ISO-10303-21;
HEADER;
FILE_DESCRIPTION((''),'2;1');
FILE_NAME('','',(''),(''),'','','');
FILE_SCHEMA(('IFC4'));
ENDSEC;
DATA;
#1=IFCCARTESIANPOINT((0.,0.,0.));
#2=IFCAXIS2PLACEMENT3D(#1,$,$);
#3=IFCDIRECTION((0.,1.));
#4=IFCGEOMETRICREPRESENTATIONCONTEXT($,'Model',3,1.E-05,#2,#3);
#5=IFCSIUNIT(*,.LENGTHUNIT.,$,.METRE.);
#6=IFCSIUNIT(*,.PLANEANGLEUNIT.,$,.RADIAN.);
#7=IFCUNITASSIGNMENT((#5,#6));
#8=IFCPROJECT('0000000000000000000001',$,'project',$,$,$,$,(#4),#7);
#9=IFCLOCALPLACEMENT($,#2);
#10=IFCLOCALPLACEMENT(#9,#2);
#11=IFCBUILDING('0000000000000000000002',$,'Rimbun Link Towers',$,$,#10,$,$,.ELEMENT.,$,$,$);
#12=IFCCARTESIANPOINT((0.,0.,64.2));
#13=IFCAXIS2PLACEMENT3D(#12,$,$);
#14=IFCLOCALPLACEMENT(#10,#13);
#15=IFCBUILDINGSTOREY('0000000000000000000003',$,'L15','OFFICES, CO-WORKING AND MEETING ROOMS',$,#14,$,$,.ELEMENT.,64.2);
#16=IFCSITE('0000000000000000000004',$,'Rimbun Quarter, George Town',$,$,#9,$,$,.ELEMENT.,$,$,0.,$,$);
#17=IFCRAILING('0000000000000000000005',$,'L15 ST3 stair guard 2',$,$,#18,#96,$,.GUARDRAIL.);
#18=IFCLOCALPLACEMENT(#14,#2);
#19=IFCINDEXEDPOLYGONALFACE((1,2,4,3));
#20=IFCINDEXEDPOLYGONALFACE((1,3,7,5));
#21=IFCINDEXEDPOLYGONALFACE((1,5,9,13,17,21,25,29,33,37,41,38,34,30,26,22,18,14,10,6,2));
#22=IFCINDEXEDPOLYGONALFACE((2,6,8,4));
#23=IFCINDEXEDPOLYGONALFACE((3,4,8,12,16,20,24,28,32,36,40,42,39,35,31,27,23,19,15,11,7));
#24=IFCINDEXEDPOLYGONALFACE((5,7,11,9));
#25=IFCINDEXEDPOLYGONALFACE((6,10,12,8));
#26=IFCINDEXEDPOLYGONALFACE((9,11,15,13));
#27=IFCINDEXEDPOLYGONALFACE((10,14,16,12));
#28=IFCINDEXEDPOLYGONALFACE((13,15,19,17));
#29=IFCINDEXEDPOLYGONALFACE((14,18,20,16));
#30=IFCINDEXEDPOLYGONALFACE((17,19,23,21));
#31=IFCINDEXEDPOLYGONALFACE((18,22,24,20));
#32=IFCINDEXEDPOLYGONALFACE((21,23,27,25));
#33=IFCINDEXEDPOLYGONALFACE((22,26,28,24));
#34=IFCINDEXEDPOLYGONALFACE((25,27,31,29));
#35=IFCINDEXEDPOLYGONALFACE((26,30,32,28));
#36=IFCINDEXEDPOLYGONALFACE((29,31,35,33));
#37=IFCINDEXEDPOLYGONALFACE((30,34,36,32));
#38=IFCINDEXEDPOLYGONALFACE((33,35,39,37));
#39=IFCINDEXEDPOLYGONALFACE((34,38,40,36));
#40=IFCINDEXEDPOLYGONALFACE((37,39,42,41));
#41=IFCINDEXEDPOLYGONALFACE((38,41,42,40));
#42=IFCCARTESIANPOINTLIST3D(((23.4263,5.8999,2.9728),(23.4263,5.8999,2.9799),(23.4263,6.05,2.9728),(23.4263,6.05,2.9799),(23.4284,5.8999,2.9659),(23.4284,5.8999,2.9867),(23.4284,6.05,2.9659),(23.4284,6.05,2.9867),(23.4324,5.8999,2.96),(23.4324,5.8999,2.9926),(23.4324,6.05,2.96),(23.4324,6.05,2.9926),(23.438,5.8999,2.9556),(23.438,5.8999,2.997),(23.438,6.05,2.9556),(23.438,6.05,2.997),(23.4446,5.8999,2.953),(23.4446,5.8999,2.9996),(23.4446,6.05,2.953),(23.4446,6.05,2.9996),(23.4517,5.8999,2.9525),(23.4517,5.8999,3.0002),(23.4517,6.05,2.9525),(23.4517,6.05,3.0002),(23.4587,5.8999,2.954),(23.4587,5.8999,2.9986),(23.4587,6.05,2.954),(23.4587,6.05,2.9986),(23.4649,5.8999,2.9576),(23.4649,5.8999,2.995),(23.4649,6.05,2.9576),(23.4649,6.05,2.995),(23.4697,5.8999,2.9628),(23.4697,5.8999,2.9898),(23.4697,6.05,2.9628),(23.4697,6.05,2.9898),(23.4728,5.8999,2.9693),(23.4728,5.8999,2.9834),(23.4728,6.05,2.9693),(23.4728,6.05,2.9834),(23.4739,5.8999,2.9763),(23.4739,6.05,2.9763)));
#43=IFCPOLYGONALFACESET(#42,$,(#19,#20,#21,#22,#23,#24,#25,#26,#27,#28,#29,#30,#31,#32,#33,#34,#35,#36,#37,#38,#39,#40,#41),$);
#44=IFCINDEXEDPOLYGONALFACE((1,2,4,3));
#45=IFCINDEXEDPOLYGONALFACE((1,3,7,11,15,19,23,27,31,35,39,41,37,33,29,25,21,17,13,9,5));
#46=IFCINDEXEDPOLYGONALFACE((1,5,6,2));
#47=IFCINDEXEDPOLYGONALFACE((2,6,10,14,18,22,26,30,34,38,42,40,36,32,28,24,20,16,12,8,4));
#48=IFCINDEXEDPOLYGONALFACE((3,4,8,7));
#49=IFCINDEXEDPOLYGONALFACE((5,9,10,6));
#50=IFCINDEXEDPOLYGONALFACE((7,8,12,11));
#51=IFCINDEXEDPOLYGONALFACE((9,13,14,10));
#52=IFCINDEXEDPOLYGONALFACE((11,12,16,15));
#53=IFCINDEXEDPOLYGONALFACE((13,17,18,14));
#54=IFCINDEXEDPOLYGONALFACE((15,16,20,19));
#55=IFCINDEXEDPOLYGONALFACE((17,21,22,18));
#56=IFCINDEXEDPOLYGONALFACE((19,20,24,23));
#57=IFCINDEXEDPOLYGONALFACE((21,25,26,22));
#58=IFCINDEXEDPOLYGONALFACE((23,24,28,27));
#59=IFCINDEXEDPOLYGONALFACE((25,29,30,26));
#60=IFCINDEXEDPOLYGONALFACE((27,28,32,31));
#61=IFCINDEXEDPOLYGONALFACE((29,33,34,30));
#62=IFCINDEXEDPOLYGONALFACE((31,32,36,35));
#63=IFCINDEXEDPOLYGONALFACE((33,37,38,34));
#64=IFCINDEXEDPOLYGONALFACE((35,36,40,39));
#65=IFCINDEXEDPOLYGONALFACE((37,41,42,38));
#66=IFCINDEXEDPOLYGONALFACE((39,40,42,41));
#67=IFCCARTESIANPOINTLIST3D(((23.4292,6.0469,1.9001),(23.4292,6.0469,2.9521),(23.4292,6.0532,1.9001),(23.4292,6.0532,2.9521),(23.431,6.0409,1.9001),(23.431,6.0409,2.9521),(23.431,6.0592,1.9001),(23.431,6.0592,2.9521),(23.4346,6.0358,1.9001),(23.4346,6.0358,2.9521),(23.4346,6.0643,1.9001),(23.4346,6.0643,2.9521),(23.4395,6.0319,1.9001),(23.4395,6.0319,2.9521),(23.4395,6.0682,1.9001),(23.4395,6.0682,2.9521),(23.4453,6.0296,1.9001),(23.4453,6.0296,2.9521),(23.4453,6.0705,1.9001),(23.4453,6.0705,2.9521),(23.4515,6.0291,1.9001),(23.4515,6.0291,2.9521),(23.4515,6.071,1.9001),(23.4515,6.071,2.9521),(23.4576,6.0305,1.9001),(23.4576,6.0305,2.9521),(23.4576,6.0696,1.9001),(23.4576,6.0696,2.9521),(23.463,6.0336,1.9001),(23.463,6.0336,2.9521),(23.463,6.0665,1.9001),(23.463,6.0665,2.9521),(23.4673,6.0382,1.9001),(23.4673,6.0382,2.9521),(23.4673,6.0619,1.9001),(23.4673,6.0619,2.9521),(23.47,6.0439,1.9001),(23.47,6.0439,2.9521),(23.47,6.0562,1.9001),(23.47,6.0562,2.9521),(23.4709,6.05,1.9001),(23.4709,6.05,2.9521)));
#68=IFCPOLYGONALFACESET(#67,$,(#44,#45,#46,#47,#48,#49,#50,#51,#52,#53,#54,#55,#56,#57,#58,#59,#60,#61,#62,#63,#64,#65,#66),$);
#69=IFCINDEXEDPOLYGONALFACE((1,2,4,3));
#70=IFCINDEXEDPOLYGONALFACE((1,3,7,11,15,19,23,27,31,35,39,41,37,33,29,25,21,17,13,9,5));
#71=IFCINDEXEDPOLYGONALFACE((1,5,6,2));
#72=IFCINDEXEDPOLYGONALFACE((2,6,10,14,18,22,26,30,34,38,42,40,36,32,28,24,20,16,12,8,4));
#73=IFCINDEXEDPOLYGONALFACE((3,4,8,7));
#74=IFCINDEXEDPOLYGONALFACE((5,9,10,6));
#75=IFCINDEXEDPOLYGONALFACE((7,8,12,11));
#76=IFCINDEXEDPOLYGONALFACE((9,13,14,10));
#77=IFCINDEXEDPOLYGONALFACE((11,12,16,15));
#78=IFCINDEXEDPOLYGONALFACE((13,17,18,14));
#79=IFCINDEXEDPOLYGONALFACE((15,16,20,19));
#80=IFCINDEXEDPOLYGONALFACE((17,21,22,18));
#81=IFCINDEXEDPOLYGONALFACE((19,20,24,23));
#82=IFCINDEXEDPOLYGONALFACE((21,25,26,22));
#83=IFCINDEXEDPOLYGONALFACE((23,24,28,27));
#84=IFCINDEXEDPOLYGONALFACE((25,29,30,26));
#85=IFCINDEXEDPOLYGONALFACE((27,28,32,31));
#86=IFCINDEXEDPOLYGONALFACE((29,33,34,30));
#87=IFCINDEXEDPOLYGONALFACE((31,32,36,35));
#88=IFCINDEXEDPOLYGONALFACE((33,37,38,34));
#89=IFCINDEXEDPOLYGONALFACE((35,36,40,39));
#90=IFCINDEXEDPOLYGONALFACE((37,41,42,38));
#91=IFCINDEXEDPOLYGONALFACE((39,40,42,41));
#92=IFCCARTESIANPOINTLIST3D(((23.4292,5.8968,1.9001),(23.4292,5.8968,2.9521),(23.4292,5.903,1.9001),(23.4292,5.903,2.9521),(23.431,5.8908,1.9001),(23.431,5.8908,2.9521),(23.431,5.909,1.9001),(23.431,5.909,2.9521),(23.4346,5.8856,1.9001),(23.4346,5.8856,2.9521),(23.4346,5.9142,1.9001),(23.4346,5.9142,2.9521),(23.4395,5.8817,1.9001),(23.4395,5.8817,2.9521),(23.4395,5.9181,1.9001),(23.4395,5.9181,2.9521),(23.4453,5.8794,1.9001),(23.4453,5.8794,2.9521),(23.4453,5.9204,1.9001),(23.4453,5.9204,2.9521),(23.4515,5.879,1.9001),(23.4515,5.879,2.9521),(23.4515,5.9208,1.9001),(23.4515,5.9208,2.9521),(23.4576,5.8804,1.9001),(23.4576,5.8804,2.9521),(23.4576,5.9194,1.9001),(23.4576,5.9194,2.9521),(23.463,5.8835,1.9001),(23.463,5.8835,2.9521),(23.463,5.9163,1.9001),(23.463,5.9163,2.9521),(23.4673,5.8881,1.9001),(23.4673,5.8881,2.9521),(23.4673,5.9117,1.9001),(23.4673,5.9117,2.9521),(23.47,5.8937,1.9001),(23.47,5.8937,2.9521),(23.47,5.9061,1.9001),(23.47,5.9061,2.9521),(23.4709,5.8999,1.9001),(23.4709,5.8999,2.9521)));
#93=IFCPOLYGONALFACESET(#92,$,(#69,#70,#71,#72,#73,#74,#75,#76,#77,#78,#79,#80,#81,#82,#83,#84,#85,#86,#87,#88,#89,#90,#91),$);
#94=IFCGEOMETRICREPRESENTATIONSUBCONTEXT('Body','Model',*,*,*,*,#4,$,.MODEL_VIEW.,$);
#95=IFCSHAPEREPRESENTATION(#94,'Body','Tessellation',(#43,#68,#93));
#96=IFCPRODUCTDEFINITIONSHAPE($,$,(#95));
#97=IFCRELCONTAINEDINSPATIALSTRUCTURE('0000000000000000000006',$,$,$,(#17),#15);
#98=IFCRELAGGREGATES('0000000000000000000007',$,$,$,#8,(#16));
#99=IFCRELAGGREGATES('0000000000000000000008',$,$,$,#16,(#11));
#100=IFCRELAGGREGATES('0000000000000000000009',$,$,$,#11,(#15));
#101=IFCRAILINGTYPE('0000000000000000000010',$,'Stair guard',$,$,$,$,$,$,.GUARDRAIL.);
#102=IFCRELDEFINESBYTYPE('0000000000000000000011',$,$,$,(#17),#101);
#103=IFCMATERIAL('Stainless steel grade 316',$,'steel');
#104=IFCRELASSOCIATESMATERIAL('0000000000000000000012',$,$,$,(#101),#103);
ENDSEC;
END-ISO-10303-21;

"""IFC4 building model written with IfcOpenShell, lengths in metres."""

from ifc_helpers import new_model, si_unit, direction, frame, origin, origin_2d, place, context, subcontext, project, spatial, circle, extrude, material, type_object, element, save


model = new_model("IFC4")

# Units and contexts
model_context = context("Model", 3, precision=1e-05, world=origin(), true_north=direction((0.0, 1.0)))
body_context = subcontext(model_context, "Body", "Model", "MODEL_VIEW")
ifc_project = project(units=[si_unit("LENGTHUNIT", "METRE"), si_unit("PLANEANGLEUNIT", "RADIAN")], contexts=[model_context])

# Site, building, storey
site_placement = place(None, origin())
site = spatial("IfcSite", under=ifc_project, at=site_placement, Name="Rimbun Quarter, George Town", CompositionType="ELEMENT", RefElevation=0.0)
building_placement = place(site_placement, origin())
building = spatial("IfcBuilding", under=site, at=building_placement, Name="Rimbun Link Towers", CompositionType="ELEMENT")
storey_placement = place(building_placement, frame((0.0, 0.0, 64.2)))
storey = spatial("IfcBuildingStorey", under=building, at=storey_placement, Name="L15", Description="OFFICES, CO-WORKING AND MEETING ROOMS", CompositionType="ELEMENT", Elevation=64.2)

# Railing
ifc_material_1 = material(Name="Stainless steel grade 316", Category="steel")
railing_type_1 = type_object("IfcRailingType", Name="Stair guard", PredefinedType="GUARDRAIL", material=ifc_material_1)
railing_1_placement = place(storey_placement, frame((23.45, 6.05, 1.9001)))
element("IfcRailing", 1, at=railing_1_placement, inside=storey, type_object=railing_type_1, Name="L15 ST3 stair guard 2", PredefinedType="GUARDRAIL", context=body_context, shape_type="SweptSolid", body=[
    extrude(circle(Radius=0.0239, at=origin_2d()), frame((0.0, 0.0, 1.0762), z_axis=(0.0, -1.0, 0.0), x_axis=(1.0, 0.0, 0.0)), (0.0, 0.0, 1.0), 0.1501),
    extrude(circle(Radius=0.021, at=origin_2d()), origin(), (0.0, 0.0, 1.0), 1.052),
    extrude(circle(Radius=0.021, at=origin_2d()), frame((0.0, -0.1501, 0.0)), (0.0, 0.0, 1.0), 1.052),
])

save(model, "model.ifc")
